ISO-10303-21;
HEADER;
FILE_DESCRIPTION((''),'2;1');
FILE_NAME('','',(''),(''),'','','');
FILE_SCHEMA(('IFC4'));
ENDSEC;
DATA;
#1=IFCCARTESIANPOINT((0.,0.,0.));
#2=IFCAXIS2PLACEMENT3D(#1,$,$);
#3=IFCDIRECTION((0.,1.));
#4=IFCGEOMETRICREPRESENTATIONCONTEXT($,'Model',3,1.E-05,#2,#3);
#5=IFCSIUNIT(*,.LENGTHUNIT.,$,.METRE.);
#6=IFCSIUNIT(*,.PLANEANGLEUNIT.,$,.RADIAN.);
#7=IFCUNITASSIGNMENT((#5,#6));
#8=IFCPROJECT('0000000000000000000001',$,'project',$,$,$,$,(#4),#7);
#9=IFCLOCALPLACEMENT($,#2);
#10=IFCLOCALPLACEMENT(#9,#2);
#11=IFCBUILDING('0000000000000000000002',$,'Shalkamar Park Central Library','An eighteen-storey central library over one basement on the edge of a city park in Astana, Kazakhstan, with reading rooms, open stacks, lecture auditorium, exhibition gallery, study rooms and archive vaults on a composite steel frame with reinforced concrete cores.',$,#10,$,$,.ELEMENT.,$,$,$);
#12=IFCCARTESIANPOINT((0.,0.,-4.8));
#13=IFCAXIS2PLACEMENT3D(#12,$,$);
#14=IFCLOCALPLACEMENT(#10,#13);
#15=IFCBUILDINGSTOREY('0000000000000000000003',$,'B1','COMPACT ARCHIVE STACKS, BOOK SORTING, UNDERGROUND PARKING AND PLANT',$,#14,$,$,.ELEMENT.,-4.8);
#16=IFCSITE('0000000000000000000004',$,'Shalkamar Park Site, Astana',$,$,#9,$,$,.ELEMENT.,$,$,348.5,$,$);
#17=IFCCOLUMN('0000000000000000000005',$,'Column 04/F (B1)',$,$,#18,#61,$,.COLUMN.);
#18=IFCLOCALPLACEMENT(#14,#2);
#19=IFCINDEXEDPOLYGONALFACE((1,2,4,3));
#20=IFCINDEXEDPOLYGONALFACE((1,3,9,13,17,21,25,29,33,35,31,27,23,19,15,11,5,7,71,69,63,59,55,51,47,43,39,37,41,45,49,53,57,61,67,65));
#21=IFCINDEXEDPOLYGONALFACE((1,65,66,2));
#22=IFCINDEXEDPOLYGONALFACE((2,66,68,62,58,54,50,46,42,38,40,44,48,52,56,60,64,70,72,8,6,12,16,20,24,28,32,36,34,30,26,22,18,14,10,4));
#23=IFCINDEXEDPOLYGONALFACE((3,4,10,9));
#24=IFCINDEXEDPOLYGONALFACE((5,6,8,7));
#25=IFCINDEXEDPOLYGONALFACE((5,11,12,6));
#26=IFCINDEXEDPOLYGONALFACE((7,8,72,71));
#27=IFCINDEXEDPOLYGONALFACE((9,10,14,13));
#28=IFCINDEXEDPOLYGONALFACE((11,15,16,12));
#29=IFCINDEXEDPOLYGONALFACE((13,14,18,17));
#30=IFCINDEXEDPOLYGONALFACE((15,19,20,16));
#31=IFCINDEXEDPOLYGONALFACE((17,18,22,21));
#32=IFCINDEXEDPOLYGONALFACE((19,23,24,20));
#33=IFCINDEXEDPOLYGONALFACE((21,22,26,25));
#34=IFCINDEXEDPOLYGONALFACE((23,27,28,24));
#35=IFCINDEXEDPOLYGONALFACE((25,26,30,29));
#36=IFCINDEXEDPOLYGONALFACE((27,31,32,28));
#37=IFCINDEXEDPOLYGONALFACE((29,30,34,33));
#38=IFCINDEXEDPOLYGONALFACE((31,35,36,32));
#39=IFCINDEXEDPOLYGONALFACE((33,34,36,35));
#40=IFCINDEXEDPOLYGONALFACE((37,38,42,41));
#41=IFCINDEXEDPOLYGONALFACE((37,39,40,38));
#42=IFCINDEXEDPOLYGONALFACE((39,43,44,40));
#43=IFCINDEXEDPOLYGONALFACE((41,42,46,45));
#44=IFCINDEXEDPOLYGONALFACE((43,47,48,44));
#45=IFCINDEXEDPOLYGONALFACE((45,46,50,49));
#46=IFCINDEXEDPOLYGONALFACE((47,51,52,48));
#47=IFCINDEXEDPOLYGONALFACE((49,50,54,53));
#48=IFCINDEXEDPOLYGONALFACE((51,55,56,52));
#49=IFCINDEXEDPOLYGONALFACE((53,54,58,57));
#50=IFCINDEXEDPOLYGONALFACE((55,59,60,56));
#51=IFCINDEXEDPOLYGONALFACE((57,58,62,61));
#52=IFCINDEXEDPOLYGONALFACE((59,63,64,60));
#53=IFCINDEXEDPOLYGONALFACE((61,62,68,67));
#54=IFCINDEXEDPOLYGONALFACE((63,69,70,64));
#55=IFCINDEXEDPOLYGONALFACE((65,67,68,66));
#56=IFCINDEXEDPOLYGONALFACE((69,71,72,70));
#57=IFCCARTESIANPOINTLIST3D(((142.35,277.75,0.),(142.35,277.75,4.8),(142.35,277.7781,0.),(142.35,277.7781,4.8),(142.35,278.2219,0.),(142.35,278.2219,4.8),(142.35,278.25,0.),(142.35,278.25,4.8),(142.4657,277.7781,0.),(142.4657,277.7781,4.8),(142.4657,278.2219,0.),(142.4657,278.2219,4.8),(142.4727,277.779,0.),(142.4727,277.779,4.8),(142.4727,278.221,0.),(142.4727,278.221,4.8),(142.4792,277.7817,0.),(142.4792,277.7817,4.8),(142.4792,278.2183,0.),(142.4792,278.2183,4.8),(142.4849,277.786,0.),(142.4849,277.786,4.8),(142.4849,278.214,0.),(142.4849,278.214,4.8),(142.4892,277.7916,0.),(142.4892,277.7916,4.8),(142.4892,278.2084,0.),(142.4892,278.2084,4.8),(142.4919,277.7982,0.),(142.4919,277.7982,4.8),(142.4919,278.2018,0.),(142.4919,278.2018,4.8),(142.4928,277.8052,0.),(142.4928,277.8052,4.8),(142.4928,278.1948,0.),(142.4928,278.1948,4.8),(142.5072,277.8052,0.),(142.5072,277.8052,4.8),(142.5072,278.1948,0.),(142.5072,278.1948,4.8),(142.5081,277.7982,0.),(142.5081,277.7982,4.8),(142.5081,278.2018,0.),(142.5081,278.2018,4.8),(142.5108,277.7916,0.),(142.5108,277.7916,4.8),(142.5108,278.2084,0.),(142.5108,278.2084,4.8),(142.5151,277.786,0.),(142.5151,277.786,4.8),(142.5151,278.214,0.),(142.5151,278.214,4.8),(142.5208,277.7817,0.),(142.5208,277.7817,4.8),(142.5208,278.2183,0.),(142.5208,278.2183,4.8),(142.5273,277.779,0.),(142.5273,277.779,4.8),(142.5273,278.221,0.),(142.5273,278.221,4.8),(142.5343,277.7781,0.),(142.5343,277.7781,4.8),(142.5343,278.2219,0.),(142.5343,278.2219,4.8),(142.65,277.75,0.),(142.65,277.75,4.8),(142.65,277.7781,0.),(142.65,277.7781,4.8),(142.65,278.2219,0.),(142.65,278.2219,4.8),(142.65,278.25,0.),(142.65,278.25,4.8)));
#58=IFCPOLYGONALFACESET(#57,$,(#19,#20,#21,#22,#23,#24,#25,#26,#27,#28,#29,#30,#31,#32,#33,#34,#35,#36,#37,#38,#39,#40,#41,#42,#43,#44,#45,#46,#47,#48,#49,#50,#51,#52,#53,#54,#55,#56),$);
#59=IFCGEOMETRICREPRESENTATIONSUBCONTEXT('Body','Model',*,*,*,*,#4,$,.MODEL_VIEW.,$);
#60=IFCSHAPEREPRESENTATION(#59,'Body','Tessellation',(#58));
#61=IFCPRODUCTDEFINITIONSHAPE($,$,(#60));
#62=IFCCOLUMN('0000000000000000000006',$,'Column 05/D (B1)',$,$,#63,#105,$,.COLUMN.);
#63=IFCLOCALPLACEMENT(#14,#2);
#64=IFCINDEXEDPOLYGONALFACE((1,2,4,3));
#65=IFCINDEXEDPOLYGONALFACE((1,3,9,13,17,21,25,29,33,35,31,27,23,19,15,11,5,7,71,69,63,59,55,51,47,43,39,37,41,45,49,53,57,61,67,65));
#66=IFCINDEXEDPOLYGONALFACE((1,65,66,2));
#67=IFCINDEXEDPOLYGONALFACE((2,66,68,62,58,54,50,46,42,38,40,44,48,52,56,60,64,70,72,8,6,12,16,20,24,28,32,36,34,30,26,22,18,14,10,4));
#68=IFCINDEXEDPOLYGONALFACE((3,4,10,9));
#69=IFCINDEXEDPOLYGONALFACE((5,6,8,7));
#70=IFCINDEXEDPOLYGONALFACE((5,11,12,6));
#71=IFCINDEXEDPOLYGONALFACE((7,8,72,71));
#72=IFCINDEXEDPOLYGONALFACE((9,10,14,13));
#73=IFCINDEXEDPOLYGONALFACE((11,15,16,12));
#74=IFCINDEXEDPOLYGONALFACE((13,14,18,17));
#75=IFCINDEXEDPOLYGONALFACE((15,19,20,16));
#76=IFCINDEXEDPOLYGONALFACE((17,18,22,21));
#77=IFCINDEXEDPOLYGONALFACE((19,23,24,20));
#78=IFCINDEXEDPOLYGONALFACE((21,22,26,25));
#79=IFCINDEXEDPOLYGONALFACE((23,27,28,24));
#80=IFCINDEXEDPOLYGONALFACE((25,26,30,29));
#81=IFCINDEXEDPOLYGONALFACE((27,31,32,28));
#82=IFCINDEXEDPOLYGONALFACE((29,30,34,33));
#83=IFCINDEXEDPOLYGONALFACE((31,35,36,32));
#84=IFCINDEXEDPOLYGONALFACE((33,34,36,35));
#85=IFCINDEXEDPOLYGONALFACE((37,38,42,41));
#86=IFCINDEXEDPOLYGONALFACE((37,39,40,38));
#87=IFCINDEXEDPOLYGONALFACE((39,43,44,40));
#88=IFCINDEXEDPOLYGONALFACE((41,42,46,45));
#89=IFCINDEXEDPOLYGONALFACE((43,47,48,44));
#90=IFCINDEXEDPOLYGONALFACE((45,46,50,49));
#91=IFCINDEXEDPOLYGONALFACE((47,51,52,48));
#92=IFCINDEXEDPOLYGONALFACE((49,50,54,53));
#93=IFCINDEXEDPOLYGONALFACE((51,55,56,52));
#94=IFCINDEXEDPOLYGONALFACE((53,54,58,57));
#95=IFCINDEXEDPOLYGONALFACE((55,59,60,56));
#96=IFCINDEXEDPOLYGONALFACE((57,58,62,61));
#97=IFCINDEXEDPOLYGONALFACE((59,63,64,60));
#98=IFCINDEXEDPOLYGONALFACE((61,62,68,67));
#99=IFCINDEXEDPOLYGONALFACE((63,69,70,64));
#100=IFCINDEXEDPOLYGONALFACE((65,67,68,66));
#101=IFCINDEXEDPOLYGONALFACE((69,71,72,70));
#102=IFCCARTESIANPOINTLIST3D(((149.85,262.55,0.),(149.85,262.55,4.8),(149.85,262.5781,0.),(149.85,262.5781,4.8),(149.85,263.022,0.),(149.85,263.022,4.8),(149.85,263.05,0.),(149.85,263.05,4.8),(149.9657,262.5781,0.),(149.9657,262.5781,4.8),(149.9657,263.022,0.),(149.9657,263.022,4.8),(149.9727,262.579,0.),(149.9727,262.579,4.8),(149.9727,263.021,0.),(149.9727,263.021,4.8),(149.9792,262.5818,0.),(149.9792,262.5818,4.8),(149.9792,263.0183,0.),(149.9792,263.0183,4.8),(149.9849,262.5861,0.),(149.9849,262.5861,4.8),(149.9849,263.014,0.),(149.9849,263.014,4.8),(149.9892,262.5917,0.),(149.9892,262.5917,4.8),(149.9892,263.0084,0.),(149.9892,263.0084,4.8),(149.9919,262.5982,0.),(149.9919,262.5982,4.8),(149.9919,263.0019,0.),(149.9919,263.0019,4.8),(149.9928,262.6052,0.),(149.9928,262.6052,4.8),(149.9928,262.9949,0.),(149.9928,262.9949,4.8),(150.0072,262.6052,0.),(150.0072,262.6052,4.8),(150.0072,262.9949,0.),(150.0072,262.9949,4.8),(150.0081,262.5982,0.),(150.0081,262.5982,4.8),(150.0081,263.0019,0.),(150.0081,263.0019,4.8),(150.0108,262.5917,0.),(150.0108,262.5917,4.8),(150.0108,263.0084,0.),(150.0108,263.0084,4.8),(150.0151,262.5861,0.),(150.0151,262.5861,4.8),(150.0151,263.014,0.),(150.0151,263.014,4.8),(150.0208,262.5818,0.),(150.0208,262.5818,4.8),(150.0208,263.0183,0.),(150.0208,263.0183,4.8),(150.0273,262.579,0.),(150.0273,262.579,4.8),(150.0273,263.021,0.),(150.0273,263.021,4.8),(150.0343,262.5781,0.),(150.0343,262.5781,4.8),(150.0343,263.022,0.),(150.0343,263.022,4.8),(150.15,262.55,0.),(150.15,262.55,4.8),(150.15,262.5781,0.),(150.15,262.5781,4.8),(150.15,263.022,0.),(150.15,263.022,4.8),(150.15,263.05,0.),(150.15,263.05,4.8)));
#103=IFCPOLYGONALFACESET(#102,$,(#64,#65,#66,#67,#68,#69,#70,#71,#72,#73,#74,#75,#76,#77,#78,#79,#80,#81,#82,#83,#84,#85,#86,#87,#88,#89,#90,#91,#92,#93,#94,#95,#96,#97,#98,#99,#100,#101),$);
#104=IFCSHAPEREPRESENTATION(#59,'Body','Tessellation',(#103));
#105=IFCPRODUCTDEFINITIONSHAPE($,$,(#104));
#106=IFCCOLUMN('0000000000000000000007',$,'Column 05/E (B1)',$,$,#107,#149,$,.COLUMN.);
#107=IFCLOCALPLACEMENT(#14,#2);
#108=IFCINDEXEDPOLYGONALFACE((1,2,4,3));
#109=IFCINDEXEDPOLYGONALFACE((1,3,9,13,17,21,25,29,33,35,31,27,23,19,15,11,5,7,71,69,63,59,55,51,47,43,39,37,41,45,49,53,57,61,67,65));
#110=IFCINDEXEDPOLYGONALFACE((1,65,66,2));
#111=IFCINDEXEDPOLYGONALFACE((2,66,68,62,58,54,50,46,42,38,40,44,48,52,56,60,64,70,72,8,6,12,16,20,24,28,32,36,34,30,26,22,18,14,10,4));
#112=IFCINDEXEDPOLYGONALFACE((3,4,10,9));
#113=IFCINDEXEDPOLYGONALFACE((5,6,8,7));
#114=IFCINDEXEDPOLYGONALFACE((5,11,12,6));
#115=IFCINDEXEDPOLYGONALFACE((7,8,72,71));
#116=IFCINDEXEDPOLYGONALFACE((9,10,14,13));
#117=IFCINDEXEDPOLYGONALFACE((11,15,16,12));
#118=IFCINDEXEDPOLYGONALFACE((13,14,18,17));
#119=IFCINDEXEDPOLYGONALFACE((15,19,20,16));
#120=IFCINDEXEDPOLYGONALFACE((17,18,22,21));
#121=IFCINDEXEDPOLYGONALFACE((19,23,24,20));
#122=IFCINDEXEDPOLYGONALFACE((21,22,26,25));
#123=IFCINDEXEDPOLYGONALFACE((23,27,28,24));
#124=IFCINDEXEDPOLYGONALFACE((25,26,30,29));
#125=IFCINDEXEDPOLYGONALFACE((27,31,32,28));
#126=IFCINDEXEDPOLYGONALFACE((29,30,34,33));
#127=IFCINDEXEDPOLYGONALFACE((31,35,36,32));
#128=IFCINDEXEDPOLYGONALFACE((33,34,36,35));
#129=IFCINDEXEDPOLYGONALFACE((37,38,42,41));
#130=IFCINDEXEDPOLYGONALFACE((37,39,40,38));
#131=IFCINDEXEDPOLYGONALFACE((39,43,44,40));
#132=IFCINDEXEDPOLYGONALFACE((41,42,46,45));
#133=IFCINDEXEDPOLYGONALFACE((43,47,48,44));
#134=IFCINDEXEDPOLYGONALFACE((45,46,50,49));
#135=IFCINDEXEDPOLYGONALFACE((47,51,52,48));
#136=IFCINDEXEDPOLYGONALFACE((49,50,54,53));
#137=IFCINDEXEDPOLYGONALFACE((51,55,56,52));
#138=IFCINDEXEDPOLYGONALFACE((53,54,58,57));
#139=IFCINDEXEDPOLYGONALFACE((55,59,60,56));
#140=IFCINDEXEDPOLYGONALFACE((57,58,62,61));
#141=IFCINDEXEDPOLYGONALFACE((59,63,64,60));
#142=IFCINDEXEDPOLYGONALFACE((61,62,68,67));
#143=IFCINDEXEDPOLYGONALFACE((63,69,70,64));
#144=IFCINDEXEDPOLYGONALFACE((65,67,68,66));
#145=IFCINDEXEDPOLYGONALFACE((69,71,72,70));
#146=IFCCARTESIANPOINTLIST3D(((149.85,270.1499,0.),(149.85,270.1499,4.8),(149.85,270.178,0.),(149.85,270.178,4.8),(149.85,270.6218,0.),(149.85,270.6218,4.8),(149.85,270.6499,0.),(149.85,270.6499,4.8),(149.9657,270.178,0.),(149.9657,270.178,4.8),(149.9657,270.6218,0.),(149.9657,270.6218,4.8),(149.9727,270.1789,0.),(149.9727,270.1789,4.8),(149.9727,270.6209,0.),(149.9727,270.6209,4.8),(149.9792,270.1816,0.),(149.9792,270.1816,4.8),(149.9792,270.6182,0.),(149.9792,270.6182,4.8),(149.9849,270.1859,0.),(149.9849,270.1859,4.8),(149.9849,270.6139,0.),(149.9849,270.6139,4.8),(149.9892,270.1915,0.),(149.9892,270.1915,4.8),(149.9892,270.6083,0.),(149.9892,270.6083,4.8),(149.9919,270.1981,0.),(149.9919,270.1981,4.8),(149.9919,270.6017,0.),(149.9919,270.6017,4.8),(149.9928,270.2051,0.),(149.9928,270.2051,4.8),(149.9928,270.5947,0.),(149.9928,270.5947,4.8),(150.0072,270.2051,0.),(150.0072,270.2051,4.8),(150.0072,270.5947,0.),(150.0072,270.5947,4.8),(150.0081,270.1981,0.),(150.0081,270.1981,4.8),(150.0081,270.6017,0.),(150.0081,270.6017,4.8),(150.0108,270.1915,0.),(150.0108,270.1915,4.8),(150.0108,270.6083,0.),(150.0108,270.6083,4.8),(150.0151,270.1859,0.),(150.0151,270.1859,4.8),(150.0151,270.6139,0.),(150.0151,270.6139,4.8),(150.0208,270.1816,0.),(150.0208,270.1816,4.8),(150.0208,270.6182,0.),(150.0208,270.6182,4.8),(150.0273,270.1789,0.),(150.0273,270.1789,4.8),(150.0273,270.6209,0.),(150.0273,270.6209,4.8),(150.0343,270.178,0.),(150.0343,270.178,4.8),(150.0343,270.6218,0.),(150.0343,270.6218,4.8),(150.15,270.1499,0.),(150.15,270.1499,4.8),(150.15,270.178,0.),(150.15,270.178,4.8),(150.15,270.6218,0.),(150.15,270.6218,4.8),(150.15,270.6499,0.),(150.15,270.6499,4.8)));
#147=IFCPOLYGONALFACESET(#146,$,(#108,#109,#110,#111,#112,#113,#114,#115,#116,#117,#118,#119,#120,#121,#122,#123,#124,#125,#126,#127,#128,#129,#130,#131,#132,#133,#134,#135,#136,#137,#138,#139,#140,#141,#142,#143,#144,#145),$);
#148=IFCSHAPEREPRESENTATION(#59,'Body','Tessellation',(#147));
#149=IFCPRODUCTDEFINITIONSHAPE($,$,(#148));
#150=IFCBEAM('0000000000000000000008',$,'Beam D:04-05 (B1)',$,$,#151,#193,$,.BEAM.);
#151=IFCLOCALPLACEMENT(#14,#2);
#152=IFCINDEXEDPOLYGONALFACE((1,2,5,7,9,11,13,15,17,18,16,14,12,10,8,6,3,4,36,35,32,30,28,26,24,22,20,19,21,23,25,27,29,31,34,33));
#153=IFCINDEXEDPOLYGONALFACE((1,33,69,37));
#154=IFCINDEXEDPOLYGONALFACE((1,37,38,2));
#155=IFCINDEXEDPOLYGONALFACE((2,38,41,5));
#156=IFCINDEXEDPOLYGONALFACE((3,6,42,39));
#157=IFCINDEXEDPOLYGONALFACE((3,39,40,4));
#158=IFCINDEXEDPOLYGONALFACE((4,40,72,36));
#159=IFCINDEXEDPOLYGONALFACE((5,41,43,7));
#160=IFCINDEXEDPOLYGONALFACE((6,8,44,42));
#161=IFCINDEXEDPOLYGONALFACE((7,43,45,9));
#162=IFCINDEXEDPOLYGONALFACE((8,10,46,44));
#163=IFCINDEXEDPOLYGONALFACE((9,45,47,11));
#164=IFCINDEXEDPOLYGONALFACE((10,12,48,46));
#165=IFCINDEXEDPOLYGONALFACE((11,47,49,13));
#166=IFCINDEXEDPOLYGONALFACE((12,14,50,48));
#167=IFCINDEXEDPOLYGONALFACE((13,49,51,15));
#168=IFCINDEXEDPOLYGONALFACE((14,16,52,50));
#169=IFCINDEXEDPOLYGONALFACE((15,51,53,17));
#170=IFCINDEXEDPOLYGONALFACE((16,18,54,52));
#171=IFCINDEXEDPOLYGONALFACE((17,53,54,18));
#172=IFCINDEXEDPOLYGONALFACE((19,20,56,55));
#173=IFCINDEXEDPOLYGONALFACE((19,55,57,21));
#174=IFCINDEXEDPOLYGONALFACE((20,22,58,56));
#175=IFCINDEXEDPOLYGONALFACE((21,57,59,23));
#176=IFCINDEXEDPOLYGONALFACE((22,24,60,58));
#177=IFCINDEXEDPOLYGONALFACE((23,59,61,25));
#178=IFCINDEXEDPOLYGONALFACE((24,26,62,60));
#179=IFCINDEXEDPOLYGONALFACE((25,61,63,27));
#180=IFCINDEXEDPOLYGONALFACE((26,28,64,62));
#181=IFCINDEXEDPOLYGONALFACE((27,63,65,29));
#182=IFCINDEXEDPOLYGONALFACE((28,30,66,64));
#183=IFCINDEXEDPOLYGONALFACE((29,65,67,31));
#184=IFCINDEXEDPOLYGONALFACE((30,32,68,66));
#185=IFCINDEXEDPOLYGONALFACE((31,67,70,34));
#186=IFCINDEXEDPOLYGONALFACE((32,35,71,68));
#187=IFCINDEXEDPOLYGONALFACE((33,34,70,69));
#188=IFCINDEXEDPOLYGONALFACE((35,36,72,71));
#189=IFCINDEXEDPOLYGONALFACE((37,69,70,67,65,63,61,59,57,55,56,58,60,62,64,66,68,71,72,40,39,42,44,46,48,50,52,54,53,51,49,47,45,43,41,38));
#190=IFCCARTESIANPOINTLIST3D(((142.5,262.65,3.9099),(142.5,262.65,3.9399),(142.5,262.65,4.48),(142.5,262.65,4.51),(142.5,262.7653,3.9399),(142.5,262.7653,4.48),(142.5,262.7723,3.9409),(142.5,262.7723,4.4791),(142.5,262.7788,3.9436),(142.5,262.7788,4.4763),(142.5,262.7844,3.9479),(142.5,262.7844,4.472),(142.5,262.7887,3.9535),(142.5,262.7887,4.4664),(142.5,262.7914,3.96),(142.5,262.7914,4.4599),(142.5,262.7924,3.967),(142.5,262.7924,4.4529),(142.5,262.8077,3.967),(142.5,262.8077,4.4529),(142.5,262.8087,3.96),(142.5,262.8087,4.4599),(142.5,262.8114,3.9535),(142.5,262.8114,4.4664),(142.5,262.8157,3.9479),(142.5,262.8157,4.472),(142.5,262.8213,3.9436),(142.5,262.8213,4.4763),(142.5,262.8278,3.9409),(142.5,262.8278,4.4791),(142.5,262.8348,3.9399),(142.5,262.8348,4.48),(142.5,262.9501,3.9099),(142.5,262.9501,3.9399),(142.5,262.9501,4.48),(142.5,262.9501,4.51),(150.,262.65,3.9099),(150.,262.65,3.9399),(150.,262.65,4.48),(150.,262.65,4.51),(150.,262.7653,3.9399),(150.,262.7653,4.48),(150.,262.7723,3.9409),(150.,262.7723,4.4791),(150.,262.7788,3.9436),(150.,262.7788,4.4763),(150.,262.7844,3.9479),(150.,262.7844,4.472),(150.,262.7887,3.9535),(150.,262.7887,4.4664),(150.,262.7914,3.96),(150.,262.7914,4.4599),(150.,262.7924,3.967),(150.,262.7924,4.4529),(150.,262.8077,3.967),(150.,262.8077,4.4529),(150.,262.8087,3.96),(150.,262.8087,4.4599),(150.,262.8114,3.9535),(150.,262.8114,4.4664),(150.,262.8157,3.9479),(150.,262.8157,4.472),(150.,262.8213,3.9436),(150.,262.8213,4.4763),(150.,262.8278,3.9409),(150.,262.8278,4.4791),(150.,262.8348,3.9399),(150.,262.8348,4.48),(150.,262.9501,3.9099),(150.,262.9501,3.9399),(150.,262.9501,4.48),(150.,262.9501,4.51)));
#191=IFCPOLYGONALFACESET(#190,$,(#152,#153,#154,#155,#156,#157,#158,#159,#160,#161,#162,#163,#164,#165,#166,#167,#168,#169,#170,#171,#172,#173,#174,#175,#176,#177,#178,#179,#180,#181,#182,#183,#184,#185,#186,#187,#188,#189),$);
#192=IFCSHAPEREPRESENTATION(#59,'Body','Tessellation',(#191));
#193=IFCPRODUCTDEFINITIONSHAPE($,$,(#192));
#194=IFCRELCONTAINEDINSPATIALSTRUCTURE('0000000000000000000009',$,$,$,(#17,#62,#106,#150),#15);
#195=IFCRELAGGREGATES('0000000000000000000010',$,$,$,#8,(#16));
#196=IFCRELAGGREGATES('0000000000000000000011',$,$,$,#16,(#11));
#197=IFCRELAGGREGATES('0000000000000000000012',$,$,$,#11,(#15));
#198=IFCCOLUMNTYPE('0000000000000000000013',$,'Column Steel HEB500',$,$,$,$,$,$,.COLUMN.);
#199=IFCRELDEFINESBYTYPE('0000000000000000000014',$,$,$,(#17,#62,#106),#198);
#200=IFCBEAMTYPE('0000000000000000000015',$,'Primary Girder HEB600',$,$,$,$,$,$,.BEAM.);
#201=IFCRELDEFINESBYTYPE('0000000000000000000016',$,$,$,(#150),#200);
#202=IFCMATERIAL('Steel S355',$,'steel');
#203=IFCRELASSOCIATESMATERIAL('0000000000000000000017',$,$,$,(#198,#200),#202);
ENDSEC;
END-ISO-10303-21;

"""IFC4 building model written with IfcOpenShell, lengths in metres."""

from ifc_helpers import new_model, si_unit, direction, frame, origin, origin_2d, place, context, subcontext, project, spatial, i_section, extrude, material, material_profile, profile_set, type_object, element, save


model = new_model("IFC4")

# Units and contexts
model_context = context("Model", 3, precision=1e-05, world=origin(), true_north=direction((0.0, 1.0)))
body_context = subcontext(model_context, "Body", "Model", "MODEL_VIEW")
ifc_project = project(units=[si_unit("LENGTHUNIT", "METRE"), si_unit("PLANEANGLEUNIT", "RADIAN")], contexts=[model_context])

# Site, building, storey
site_placement = place(None, origin())
site = spatial("IfcSite", under=ifc_project, at=site_placement, Name="Shalkamar Park Site, Astana", CompositionType="ELEMENT", RefElevation=348.5)
building_placement = place(site_placement, origin())
building = spatial("IfcBuilding", under=site, at=building_placement, Name="Shalkamar Park Central Library", Description="An eighteen-storey central library over one basement on the edge of a city park in Astana, Kazakhstan, with reading rooms, open stacks, lecture auditorium, exhibition gallery, study rooms and archive vaults on a composite steel frame with reinforced concrete cores.", CompositionType="ELEMENT")
storey_placement = place(building_placement, frame((0.0, 0.0, -4.8)))
storey = spatial("IfcBuildingStorey", under=building, at=storey_placement, Name="B1", Description="COMPACT ARCHIVE STACKS, BOOK SORTING, UNDERGROUND PARKING AND PLANT", CompositionType="ELEMENT", Elevation=-4.8)

# Columns
ifc_material_1 = material(Name="Steel S355", Category="steel")
ifc_material_profile_1 = material_profile(ifc_material_1, i_section(OverallWidth=0.3, OverallDepth=0.5, WebThickness=0.0144, FlangeThickness=0.0281, FilletRadius=0.0271, at=origin_2d()), Name="HEB 500")
ifc_profile_set_1 = profile_set([ifc_material_profile_1], Name="Steel S355")
column_type_1 = type_object("IfcColumnType", Name="Column Steel HEB500", PredefinedType="COLUMN", material=ifc_profile_set_1)
for number, where, z_axis, x_axis, name in (
    (1, (142.5, 278.0, 0.0), (0.0, 0.0, 1.0), (1.0, 0.0, 0.0), "Column 04/F (B1)"),
    (2, (150.0, 262.8, 0.0), (0.0, 0.0, 1.0), (1.0, 0.0, 0.0), "Column 05/D (B1)"),
    (3, (150.0, 270.3999, 0.0), (0.0, 0.0, 1.0), (1.0, 0.0, 0.0), "Column 05/E (B1)"),
):
    element("IfcColumn", number, at=place(storey_placement, frame(where, z_axis=z_axis, x_axis=x_axis)), inside=storey, type_object=column_type_1, Name=name, PredefinedType="COLUMN", context=body_context, shape_type="SweptSolid", body=[
        extrude(i_section(OverallWidth=0.3, OverallDepth=0.5, WebThickness=0.0144, FlangeThickness=0.0281, FilletRadius=0.0271, at=origin_2d()), origin(), (0.0, 0.0, 1.0), 4.8),
    ])

# Beam
ifc_material_profile_2 = material_profile(ifc_material_1, i_section(OverallWidth=0.3, OverallDepth=0.6001, WebThickness=0.0154, FlangeThickness=0.03, FilletRadius=0.0271, at=origin_2d()), Name="HEB 600")
ifc_profile_set_2 = profile_set([ifc_material_profile_2], Name="Steel S355")
beam_type = type_object("IfcBeamType", Name="Primary Girder HEB600", PredefinedType="BEAM", material=ifc_profile_set_2)
for number, where, z_axis, x_axis, name in (
    (4, (142.5, 262.8, 4.21), (1.0, 0.0, 0.0), (0.0, 1.0, 0.0), "Beam D:04-05 (B1)"),
):
    element("IfcBeam", number, at=place(storey_placement, frame(where, z_axis=z_axis, x_axis=x_axis)), inside=storey, type_object=beam_type, Name=name, PredefinedType="BEAM", context=body_context, shape_type="SweptSolid", body=[
        extrude(i_section(OverallWidth=0.3, OverallDepth=0.6001, WebThickness=0.0154, FlangeThickness=0.03, FilletRadius=0.0271, at=origin_2d()), origin(), (0.0, 0.0, 1.0), 7.5),
    ])

save(model, "model.ifc")
